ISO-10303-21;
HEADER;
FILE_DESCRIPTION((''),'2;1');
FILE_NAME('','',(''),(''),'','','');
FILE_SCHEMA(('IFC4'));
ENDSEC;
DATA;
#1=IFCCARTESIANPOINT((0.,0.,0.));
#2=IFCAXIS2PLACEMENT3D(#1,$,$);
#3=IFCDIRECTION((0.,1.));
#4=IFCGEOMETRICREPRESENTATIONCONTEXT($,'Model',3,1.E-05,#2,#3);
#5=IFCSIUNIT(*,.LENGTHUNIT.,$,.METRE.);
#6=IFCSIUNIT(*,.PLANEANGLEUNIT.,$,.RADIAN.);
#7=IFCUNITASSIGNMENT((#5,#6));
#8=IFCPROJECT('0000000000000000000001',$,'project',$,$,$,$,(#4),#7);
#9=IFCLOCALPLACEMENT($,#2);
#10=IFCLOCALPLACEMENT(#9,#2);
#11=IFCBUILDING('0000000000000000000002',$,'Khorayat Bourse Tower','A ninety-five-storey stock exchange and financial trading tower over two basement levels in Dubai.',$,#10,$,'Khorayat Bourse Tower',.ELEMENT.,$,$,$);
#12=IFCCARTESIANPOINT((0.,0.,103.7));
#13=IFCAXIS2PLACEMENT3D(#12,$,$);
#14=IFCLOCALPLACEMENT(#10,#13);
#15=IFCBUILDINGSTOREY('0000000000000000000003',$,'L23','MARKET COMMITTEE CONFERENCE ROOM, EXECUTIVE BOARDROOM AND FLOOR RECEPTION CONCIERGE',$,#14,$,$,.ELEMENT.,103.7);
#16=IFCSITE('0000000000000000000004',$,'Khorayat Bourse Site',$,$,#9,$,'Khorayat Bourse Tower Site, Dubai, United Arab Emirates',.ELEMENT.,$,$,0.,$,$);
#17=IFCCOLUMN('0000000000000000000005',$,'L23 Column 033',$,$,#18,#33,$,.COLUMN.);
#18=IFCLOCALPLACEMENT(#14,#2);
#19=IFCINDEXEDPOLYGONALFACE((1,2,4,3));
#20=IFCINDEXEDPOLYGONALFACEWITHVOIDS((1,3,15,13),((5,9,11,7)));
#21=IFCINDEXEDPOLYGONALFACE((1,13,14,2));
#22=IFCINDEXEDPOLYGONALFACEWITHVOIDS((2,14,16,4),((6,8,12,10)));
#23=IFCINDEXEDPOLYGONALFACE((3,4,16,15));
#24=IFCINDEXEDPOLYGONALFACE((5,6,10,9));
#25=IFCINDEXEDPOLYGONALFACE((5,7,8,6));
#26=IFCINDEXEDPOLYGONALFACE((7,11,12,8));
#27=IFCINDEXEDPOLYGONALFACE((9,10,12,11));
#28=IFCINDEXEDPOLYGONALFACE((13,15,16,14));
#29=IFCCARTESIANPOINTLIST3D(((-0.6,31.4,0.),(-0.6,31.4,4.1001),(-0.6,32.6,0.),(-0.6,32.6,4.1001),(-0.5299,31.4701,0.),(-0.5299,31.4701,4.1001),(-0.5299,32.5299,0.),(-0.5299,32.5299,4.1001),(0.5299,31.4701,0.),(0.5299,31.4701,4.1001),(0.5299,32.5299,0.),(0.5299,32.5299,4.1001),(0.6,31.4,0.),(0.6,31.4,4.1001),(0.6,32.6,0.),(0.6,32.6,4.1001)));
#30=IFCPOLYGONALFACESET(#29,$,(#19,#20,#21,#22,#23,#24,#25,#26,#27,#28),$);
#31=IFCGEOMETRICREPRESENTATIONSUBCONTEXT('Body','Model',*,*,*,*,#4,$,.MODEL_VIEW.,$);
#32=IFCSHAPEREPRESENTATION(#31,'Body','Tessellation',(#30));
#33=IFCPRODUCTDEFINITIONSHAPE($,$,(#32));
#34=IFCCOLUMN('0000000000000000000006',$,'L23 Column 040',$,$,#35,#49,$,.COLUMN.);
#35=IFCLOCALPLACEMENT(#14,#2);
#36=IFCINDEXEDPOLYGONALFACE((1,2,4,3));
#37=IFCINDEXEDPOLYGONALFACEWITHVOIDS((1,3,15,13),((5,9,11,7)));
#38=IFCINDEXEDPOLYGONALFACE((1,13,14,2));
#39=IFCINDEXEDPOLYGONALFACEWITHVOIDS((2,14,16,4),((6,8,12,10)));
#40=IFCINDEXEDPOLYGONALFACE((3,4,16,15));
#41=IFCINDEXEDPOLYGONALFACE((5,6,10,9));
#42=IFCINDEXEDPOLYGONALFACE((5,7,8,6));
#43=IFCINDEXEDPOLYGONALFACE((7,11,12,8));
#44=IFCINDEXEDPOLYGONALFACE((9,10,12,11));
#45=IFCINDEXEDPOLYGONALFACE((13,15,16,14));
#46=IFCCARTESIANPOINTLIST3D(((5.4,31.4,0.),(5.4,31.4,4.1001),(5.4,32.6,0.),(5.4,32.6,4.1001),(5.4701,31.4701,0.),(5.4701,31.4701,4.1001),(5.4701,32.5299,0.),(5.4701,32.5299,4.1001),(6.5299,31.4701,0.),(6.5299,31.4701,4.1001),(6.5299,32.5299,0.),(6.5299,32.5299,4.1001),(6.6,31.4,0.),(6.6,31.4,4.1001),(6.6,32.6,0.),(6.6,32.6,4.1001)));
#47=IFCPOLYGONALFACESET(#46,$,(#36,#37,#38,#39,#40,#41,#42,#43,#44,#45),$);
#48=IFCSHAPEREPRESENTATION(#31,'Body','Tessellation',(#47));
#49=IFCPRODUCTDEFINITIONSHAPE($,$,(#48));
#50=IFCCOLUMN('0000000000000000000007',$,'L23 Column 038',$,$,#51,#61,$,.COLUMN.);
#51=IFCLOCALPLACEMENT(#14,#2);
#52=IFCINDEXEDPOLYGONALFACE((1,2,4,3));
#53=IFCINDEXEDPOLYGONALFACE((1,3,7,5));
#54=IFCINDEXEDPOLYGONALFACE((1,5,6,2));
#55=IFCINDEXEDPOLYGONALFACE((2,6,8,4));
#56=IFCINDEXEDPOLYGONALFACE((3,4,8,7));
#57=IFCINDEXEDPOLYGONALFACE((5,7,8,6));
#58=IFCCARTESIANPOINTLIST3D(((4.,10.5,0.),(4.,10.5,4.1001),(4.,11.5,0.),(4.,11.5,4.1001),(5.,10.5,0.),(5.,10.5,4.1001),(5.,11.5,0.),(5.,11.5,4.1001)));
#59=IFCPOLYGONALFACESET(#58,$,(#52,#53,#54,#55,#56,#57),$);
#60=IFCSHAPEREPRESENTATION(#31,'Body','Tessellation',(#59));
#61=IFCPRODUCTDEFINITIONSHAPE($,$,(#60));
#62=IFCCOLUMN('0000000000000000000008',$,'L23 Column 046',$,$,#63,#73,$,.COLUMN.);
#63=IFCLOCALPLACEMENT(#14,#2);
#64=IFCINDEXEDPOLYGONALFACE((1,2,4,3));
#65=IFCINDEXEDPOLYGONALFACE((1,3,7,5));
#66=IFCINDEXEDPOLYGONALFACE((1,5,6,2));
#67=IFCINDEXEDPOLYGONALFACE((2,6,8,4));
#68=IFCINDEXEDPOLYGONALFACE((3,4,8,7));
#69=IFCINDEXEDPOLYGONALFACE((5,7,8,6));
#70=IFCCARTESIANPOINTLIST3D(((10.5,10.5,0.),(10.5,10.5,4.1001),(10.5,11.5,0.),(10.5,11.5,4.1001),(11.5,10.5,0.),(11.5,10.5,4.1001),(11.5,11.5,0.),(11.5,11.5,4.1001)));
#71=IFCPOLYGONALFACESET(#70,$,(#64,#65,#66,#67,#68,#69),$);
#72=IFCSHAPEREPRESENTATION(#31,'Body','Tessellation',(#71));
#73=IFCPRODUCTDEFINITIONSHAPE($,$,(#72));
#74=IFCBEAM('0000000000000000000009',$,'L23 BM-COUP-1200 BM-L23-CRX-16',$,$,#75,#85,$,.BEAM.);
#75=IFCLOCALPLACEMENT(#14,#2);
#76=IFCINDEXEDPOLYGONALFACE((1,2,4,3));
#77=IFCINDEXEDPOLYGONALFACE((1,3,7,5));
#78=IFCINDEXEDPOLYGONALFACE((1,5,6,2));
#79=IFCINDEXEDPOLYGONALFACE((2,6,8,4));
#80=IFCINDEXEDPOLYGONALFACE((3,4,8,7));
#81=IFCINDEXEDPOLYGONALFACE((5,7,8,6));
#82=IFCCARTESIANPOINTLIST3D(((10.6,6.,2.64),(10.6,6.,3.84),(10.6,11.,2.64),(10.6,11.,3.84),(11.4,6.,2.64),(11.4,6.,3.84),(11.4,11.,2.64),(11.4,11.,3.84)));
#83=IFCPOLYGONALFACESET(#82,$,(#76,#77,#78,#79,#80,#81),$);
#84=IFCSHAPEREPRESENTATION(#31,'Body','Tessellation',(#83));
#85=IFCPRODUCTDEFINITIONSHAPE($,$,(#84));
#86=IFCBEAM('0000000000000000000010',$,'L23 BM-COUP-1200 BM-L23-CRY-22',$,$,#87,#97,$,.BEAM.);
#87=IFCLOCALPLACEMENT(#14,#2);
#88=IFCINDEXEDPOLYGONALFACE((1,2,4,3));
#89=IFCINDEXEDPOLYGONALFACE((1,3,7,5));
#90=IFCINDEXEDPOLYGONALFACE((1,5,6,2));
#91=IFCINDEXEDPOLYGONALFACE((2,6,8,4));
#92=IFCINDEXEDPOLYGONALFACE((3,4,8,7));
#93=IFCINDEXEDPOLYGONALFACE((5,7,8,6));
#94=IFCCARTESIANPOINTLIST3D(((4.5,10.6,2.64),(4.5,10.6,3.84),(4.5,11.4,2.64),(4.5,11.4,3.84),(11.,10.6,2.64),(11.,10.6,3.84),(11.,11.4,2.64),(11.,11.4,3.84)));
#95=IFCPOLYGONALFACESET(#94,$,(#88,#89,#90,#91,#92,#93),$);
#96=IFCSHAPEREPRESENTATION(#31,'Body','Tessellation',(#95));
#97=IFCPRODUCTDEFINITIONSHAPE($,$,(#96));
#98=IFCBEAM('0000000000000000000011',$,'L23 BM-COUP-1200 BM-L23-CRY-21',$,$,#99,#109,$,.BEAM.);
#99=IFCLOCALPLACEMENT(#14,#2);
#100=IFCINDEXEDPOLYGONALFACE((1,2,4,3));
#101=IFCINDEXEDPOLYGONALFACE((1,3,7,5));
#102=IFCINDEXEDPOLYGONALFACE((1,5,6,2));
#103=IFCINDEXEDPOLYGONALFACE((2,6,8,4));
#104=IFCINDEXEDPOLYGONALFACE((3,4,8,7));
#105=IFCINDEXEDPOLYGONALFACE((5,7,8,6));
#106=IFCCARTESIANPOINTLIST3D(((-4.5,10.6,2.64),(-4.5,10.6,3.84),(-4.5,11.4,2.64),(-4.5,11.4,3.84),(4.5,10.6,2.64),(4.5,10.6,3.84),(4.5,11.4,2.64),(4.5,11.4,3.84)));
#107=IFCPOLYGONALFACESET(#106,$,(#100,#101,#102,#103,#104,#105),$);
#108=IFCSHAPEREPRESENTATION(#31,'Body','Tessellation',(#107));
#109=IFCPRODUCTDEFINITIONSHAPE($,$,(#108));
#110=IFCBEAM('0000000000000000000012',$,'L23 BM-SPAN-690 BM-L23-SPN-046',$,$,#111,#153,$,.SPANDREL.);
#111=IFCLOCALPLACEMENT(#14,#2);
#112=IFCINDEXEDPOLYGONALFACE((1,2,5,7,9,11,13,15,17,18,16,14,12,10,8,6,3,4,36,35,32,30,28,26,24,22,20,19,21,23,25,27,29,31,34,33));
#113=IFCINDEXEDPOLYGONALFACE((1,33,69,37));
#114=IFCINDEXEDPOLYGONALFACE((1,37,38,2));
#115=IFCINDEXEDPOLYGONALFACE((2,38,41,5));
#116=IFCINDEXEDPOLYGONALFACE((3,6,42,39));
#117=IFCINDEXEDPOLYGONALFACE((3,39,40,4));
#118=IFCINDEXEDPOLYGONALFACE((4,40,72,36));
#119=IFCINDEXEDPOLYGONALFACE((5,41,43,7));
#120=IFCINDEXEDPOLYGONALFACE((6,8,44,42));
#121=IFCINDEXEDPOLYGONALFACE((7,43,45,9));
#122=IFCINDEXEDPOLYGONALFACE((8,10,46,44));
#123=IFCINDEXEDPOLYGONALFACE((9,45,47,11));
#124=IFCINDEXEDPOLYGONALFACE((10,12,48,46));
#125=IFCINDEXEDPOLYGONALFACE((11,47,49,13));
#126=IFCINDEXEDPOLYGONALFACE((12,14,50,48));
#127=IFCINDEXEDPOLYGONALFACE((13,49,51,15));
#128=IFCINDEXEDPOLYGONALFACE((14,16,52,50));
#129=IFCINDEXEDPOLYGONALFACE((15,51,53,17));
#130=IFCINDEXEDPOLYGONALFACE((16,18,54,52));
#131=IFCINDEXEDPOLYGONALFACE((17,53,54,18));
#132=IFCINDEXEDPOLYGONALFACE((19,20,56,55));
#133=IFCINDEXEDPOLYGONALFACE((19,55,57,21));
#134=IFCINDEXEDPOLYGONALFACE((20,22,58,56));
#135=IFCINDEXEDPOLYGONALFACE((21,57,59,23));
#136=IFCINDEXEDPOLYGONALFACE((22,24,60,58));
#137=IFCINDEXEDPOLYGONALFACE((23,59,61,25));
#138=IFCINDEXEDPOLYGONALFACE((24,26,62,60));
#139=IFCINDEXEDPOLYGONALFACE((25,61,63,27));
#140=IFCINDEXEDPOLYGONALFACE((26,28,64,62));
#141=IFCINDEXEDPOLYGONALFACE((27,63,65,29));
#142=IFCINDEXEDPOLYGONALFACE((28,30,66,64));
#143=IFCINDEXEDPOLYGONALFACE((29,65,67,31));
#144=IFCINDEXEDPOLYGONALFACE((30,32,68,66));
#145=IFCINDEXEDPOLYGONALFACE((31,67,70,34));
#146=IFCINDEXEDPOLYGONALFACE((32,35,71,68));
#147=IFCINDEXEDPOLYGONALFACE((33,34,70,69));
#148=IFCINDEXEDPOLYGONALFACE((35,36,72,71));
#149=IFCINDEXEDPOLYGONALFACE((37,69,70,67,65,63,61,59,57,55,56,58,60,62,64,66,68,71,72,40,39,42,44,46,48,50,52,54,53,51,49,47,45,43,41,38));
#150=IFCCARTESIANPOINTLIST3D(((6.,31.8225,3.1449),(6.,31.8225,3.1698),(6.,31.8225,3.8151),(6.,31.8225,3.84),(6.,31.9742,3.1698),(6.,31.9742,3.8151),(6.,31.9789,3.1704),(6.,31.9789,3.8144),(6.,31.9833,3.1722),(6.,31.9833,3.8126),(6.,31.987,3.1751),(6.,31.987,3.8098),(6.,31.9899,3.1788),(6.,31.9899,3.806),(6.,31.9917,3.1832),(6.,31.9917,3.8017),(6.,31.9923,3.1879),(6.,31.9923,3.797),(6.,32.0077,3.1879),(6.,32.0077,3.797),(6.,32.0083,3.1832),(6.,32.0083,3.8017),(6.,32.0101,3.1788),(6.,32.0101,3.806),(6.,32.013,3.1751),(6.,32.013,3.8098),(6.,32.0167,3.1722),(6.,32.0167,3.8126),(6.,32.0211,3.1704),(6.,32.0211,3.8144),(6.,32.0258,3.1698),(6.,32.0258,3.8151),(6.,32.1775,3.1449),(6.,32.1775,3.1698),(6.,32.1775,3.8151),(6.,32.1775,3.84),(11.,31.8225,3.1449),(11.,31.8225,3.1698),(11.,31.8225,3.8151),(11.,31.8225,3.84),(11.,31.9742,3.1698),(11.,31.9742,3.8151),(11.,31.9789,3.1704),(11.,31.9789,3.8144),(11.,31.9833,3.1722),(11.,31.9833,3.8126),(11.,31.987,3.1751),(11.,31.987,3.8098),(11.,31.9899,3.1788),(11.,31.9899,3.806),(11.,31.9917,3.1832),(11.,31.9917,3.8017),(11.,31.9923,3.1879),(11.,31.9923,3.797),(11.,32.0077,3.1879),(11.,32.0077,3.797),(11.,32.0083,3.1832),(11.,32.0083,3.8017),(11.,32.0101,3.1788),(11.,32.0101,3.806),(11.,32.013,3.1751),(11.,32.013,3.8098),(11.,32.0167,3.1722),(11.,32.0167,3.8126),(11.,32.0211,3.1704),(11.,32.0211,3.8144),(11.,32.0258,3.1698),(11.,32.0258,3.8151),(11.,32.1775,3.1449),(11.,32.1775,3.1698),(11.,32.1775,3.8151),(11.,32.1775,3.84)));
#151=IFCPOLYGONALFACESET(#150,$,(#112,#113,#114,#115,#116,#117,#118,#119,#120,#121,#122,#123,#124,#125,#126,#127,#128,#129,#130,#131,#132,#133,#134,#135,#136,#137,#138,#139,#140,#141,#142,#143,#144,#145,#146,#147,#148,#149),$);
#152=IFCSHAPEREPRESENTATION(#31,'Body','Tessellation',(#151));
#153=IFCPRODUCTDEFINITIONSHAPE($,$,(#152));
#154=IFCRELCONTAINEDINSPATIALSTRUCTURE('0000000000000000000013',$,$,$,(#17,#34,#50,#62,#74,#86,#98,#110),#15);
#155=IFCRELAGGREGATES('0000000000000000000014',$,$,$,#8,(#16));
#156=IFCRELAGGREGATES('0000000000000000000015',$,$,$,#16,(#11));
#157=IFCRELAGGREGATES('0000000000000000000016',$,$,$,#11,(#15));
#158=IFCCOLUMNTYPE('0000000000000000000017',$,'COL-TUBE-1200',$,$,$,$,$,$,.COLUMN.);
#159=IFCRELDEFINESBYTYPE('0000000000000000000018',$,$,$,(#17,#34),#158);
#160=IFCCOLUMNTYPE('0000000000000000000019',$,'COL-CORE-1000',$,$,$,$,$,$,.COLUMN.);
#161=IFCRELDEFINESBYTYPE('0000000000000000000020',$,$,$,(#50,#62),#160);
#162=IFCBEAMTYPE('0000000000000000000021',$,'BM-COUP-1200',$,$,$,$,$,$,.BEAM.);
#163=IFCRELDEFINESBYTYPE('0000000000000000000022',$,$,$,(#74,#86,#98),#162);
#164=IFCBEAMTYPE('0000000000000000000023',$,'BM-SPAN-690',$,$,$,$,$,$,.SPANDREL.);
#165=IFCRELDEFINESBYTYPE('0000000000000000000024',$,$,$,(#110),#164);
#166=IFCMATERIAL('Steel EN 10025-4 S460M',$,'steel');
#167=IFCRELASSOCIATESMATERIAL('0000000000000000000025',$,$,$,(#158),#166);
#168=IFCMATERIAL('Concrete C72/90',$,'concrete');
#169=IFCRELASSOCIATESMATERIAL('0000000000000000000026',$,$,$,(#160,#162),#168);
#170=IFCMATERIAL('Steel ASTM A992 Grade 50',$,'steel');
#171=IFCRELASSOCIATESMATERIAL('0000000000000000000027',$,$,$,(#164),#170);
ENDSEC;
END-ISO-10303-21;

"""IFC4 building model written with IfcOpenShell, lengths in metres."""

from ifc_helpers import new_model, si_unit, direction, frame, origin, origin_2d, place, context, subcontext, project, spatial, rectangle, hollow_rectangle, i_section, extrude, source, transform, mapped, material, material_profile, profile_set, type_object, element, save


model = new_model("IFC4")

# Units and contexts
model_context = context("Model", 3, precision=1e-05, world=origin(), true_north=direction((0.0, 1.0)))
body_context = subcontext(model_context, "Body", "Model", "MODEL_VIEW")
ifc_project = project(units=[si_unit("LENGTHUNIT", "METRE"), si_unit("PLANEANGLEUNIT", "RADIAN")], contexts=[model_context])

# Site, building, storey
site_placement = place(None, origin())
site = spatial("IfcSite", under=ifc_project, at=site_placement, Name="Khorayat Bourse Site", LongName="Khorayat Bourse Tower Site, Dubai, United Arab Emirates", CompositionType="ELEMENT", RefElevation=0.0)
building_placement = place(site_placement, origin())
building = spatial("IfcBuilding", under=site, at=building_placement, Name="Khorayat Bourse Tower", Description="A ninety-five-storey stock exchange and financial trading tower over two basement levels in Dubai.", LongName="Khorayat Bourse Tower", CompositionType="ELEMENT")
storey_placement = place(building_placement, frame((0.0, 0.0, 103.7)))
storey = spatial("IfcBuildingStorey", under=building, at=storey_placement, Name="L23", Description="MARKET COMMITTEE CONFERENCE ROOM, EXECUTIVE BOARDROOM AND FLOOR RECEPTION CONCIERGE", CompositionType="ELEMENT", Elevation=103.7)

# Columns
ifc_material_1 = material(Name="Steel EN 10025-4 S460M", Category="steel")
ifc_material_profile_1 = material_profile(ifc_material_1, hollow_rectangle(XDim=1.2, YDim=1.2, WallThickness=0.0701, at=origin_2d()), Name="BOX 1200x1200x70")
ifc_profile_set_1 = profile_set([ifc_material_profile_1], Name="Steel EN 10025-4 S460M")
column_type_1 = type_object("IfcColumnType", Name="COL-TUBE-1200", PredefinedType="COLUMN", material=ifc_profile_set_1)
shared_shape_1 = source(origin(), body_context, "Body", "SweptSolid", [
    extrude(hollow_rectangle(XDim=1.2, YDim=1.2, WallThickness=0.0701, at=origin_2d()), origin(), (0.0, 0.0, 1.0), 4.1001),
])
for number, where, z_axis, x_axis, name in (
    (1, (0.0, 32.0, 0.0), (0.0, 0.0, 1.0), (1.0, 0.0, 0.0), "L23 Column 033"),
    (2, (6.0, 32.0, 0.0), (0.0, 0.0, 1.0), (1.0, 0.0, 0.0), "L23 Column 040"),
):
    element("IfcColumn", number, at=place(storey_placement, frame(where, z_axis=z_axis, x_axis=x_axis)), inside=storey, type_object=column_type_1, Name=name, PredefinedType="COLUMN", context=body_context, shape_type="MappedRepresentation", body=[
        mapped(shared_shape_1, transform((0.0, 0.0, 0.0), scale=1.0)),
    ])
ifc_material_2 = material(Name="Concrete C72/90", Category="concrete")
ifc_material_profile_2 = material_profile(ifc_material_2, rectangle(XDim=1.0, YDim=1.0, at=origin_2d()), Name="RC 1000x1000")
ifc_profile_set_2 = profile_set([ifc_material_profile_2], Name="Concrete C72/90")
column_type_2 = type_object("IfcColumnType", Name="COL-CORE-1000", PredefinedType="COLUMN", material=ifc_profile_set_2)
shared_shape_2 = source(origin(), body_context, "Body", "SweptSolid", [
    extrude(rectangle(XDim=1.0, YDim=1.0, at=origin_2d()), origin(), (0.0, 0.0, 1.0), 4.1001),
])
for number, where, z_axis, x_axis, name in (
    (3, (4.5, 11.0, 0.0), (0.0, 0.0, 1.0), (1.0, 0.0, 0.0), "L23 Column 038"),
    (4, (11.0, 11.0, 0.0), (0.0, 0.0, 1.0), (1.0, 0.0, 0.0), "L23 Column 046"),
):
    element("IfcColumn", number, at=place(storey_placement, frame(where, z_axis=z_axis, x_axis=x_axis)), inside=storey, type_object=column_type_2, Name=name, PredefinedType="COLUMN", context=body_context, shape_type="MappedRepresentation", body=[
        mapped(shared_shape_2, transform((0.0, 0.0, 0.0), scale=1.0)),
    ])

# Beams
ifc_material_profile_3 = material_profile(ifc_material_2, rectangle(XDim=0.8, YDim=1.2, at=origin_2d()), Name="RC 800x1200")
ifc_profile_set_3 = profile_set([ifc_material_profile_3], Name="Concrete C72/90")
beam_type_1 = type_object("IfcBeamType", Name="BM-COUP-1200", PredefinedType="BEAM", material=ifc_profile_set_3)
shared_shape_3 = source(origin(), body_context, "Body", "SweptSolid", [
    extrude(rectangle(XDim=0.8, YDim=1.2, at=origin_2d()), origin(), (0.0, 0.0, 1.0), 5.0),
])
beam_1_placement = place(storey_placement, frame((11.0, 6.0, 3.24), z_axis=(0.0, 1.0, 0.0), x_axis=(-1.0, 0.0, 0.0)))
element("IfcBeam", 5, at=beam_1_placement, inside=storey, type_object=beam_type_1, Name="L23 BM-COUP-1200 BM-L23-CRX-16", PredefinedType="BEAM", context=body_context, shape_type="MappedRepresentation", body=[
    mapped(shared_shape_3, transform((0.0, 0.0, 0.0), scale=1.0)),
])
shared_shape_4 = source(origin(), body_context, "Body", "SweptSolid", [
    extrude(rectangle(XDim=0.8, YDim=1.2, at=origin_2d()), origin(), (0.0, 0.0, 1.0), 6.5),
])
beam_2_placement = place(storey_placement, frame((4.5, 11.0, 3.24), z_axis=(1.0, 0.0, 0.0), x_axis=(0.0, 1.0, 0.0)))
element("IfcBeam", 6, at=beam_2_placement, inside=storey, type_object=beam_type_1, Name="L23 BM-COUP-1200 BM-L23-CRY-22", PredefinedType="BEAM", context=body_context, shape_type="MappedRepresentation", body=[
    mapped(shared_shape_4, transform((0.0, 0.0, 0.0), scale=1.0)),
])
shared_shape_5 = source(origin(), body_context, "Body", "SweptSolid", [
    extrude(rectangle(XDim=0.8, YDim=1.2, at=origin_2d()), origin(), (0.0, 0.0, 1.0), 9.0),
])
beam_3_placement = place(storey_placement, frame((-4.5, 11.0, 3.24), z_axis=(1.0, 0.0, 0.0), x_axis=(0.0, 1.0, 0.0)))
element("IfcBeam", 7, at=beam_3_placement, inside=storey, type_object=beam_type_1, Name="L23 BM-COUP-1200 BM-L23-CRY-21", PredefinedType="BEAM", context=body_context, shape_type="MappedRepresentation", body=[
    mapped(shared_shape_5, transform((0.0, 0.0, 0.0), scale=1.0)),
])
ifc_material_3 = material(Name="Steel ASTM A992 Grade 50", Category="steel")
ifc_material_profile_4 = material_profile(ifc_material_3, i_section(OverallWidth=0.355, OverallDepth=0.6951, WebThickness=0.0154, FlangeThickness=0.0249, FilletRadius=0.0181, at=origin_2d()), Name="W690X217")
ifc_profile_set_4 = profile_set([ifc_material_profile_4], Name="Steel ASTM A992 Grade 50")
beam_type_2 = type_object("IfcBeamType", Name="BM-SPAN-690", PredefinedType="SPANDREL", material=ifc_profile_set_4)
shared_shape_6 = source(origin(), body_context, "Body", "SweptSolid", [
    extrude(i_section(OverallWidth=0.355, OverallDepth=0.6951, WebThickness=0.0154, FlangeThickness=0.0249, FilletRadius=0.0181, at=origin_2d()), origin(), (0.0, 0.0, 1.0), 5.0),
])
beam_4_placement = place(storey_placement, frame((6.0, 32.0, 3.4924), z_axis=(1.0, 0.0, 0.0), x_axis=(0.0, 1.0, 0.0)))
element("IfcBeam", 8, at=beam_4_placement, inside=storey, type_object=beam_type_2, Name="L23 BM-SPAN-690 BM-L23-SPN-046", PredefinedType="SPANDREL", context=body_context, shape_type="MappedRepresentation", body=[
    mapped(shared_shape_6, transform((0.0, 0.0, 0.0), scale=1.0)),
])

save(model, "model.ifc")
